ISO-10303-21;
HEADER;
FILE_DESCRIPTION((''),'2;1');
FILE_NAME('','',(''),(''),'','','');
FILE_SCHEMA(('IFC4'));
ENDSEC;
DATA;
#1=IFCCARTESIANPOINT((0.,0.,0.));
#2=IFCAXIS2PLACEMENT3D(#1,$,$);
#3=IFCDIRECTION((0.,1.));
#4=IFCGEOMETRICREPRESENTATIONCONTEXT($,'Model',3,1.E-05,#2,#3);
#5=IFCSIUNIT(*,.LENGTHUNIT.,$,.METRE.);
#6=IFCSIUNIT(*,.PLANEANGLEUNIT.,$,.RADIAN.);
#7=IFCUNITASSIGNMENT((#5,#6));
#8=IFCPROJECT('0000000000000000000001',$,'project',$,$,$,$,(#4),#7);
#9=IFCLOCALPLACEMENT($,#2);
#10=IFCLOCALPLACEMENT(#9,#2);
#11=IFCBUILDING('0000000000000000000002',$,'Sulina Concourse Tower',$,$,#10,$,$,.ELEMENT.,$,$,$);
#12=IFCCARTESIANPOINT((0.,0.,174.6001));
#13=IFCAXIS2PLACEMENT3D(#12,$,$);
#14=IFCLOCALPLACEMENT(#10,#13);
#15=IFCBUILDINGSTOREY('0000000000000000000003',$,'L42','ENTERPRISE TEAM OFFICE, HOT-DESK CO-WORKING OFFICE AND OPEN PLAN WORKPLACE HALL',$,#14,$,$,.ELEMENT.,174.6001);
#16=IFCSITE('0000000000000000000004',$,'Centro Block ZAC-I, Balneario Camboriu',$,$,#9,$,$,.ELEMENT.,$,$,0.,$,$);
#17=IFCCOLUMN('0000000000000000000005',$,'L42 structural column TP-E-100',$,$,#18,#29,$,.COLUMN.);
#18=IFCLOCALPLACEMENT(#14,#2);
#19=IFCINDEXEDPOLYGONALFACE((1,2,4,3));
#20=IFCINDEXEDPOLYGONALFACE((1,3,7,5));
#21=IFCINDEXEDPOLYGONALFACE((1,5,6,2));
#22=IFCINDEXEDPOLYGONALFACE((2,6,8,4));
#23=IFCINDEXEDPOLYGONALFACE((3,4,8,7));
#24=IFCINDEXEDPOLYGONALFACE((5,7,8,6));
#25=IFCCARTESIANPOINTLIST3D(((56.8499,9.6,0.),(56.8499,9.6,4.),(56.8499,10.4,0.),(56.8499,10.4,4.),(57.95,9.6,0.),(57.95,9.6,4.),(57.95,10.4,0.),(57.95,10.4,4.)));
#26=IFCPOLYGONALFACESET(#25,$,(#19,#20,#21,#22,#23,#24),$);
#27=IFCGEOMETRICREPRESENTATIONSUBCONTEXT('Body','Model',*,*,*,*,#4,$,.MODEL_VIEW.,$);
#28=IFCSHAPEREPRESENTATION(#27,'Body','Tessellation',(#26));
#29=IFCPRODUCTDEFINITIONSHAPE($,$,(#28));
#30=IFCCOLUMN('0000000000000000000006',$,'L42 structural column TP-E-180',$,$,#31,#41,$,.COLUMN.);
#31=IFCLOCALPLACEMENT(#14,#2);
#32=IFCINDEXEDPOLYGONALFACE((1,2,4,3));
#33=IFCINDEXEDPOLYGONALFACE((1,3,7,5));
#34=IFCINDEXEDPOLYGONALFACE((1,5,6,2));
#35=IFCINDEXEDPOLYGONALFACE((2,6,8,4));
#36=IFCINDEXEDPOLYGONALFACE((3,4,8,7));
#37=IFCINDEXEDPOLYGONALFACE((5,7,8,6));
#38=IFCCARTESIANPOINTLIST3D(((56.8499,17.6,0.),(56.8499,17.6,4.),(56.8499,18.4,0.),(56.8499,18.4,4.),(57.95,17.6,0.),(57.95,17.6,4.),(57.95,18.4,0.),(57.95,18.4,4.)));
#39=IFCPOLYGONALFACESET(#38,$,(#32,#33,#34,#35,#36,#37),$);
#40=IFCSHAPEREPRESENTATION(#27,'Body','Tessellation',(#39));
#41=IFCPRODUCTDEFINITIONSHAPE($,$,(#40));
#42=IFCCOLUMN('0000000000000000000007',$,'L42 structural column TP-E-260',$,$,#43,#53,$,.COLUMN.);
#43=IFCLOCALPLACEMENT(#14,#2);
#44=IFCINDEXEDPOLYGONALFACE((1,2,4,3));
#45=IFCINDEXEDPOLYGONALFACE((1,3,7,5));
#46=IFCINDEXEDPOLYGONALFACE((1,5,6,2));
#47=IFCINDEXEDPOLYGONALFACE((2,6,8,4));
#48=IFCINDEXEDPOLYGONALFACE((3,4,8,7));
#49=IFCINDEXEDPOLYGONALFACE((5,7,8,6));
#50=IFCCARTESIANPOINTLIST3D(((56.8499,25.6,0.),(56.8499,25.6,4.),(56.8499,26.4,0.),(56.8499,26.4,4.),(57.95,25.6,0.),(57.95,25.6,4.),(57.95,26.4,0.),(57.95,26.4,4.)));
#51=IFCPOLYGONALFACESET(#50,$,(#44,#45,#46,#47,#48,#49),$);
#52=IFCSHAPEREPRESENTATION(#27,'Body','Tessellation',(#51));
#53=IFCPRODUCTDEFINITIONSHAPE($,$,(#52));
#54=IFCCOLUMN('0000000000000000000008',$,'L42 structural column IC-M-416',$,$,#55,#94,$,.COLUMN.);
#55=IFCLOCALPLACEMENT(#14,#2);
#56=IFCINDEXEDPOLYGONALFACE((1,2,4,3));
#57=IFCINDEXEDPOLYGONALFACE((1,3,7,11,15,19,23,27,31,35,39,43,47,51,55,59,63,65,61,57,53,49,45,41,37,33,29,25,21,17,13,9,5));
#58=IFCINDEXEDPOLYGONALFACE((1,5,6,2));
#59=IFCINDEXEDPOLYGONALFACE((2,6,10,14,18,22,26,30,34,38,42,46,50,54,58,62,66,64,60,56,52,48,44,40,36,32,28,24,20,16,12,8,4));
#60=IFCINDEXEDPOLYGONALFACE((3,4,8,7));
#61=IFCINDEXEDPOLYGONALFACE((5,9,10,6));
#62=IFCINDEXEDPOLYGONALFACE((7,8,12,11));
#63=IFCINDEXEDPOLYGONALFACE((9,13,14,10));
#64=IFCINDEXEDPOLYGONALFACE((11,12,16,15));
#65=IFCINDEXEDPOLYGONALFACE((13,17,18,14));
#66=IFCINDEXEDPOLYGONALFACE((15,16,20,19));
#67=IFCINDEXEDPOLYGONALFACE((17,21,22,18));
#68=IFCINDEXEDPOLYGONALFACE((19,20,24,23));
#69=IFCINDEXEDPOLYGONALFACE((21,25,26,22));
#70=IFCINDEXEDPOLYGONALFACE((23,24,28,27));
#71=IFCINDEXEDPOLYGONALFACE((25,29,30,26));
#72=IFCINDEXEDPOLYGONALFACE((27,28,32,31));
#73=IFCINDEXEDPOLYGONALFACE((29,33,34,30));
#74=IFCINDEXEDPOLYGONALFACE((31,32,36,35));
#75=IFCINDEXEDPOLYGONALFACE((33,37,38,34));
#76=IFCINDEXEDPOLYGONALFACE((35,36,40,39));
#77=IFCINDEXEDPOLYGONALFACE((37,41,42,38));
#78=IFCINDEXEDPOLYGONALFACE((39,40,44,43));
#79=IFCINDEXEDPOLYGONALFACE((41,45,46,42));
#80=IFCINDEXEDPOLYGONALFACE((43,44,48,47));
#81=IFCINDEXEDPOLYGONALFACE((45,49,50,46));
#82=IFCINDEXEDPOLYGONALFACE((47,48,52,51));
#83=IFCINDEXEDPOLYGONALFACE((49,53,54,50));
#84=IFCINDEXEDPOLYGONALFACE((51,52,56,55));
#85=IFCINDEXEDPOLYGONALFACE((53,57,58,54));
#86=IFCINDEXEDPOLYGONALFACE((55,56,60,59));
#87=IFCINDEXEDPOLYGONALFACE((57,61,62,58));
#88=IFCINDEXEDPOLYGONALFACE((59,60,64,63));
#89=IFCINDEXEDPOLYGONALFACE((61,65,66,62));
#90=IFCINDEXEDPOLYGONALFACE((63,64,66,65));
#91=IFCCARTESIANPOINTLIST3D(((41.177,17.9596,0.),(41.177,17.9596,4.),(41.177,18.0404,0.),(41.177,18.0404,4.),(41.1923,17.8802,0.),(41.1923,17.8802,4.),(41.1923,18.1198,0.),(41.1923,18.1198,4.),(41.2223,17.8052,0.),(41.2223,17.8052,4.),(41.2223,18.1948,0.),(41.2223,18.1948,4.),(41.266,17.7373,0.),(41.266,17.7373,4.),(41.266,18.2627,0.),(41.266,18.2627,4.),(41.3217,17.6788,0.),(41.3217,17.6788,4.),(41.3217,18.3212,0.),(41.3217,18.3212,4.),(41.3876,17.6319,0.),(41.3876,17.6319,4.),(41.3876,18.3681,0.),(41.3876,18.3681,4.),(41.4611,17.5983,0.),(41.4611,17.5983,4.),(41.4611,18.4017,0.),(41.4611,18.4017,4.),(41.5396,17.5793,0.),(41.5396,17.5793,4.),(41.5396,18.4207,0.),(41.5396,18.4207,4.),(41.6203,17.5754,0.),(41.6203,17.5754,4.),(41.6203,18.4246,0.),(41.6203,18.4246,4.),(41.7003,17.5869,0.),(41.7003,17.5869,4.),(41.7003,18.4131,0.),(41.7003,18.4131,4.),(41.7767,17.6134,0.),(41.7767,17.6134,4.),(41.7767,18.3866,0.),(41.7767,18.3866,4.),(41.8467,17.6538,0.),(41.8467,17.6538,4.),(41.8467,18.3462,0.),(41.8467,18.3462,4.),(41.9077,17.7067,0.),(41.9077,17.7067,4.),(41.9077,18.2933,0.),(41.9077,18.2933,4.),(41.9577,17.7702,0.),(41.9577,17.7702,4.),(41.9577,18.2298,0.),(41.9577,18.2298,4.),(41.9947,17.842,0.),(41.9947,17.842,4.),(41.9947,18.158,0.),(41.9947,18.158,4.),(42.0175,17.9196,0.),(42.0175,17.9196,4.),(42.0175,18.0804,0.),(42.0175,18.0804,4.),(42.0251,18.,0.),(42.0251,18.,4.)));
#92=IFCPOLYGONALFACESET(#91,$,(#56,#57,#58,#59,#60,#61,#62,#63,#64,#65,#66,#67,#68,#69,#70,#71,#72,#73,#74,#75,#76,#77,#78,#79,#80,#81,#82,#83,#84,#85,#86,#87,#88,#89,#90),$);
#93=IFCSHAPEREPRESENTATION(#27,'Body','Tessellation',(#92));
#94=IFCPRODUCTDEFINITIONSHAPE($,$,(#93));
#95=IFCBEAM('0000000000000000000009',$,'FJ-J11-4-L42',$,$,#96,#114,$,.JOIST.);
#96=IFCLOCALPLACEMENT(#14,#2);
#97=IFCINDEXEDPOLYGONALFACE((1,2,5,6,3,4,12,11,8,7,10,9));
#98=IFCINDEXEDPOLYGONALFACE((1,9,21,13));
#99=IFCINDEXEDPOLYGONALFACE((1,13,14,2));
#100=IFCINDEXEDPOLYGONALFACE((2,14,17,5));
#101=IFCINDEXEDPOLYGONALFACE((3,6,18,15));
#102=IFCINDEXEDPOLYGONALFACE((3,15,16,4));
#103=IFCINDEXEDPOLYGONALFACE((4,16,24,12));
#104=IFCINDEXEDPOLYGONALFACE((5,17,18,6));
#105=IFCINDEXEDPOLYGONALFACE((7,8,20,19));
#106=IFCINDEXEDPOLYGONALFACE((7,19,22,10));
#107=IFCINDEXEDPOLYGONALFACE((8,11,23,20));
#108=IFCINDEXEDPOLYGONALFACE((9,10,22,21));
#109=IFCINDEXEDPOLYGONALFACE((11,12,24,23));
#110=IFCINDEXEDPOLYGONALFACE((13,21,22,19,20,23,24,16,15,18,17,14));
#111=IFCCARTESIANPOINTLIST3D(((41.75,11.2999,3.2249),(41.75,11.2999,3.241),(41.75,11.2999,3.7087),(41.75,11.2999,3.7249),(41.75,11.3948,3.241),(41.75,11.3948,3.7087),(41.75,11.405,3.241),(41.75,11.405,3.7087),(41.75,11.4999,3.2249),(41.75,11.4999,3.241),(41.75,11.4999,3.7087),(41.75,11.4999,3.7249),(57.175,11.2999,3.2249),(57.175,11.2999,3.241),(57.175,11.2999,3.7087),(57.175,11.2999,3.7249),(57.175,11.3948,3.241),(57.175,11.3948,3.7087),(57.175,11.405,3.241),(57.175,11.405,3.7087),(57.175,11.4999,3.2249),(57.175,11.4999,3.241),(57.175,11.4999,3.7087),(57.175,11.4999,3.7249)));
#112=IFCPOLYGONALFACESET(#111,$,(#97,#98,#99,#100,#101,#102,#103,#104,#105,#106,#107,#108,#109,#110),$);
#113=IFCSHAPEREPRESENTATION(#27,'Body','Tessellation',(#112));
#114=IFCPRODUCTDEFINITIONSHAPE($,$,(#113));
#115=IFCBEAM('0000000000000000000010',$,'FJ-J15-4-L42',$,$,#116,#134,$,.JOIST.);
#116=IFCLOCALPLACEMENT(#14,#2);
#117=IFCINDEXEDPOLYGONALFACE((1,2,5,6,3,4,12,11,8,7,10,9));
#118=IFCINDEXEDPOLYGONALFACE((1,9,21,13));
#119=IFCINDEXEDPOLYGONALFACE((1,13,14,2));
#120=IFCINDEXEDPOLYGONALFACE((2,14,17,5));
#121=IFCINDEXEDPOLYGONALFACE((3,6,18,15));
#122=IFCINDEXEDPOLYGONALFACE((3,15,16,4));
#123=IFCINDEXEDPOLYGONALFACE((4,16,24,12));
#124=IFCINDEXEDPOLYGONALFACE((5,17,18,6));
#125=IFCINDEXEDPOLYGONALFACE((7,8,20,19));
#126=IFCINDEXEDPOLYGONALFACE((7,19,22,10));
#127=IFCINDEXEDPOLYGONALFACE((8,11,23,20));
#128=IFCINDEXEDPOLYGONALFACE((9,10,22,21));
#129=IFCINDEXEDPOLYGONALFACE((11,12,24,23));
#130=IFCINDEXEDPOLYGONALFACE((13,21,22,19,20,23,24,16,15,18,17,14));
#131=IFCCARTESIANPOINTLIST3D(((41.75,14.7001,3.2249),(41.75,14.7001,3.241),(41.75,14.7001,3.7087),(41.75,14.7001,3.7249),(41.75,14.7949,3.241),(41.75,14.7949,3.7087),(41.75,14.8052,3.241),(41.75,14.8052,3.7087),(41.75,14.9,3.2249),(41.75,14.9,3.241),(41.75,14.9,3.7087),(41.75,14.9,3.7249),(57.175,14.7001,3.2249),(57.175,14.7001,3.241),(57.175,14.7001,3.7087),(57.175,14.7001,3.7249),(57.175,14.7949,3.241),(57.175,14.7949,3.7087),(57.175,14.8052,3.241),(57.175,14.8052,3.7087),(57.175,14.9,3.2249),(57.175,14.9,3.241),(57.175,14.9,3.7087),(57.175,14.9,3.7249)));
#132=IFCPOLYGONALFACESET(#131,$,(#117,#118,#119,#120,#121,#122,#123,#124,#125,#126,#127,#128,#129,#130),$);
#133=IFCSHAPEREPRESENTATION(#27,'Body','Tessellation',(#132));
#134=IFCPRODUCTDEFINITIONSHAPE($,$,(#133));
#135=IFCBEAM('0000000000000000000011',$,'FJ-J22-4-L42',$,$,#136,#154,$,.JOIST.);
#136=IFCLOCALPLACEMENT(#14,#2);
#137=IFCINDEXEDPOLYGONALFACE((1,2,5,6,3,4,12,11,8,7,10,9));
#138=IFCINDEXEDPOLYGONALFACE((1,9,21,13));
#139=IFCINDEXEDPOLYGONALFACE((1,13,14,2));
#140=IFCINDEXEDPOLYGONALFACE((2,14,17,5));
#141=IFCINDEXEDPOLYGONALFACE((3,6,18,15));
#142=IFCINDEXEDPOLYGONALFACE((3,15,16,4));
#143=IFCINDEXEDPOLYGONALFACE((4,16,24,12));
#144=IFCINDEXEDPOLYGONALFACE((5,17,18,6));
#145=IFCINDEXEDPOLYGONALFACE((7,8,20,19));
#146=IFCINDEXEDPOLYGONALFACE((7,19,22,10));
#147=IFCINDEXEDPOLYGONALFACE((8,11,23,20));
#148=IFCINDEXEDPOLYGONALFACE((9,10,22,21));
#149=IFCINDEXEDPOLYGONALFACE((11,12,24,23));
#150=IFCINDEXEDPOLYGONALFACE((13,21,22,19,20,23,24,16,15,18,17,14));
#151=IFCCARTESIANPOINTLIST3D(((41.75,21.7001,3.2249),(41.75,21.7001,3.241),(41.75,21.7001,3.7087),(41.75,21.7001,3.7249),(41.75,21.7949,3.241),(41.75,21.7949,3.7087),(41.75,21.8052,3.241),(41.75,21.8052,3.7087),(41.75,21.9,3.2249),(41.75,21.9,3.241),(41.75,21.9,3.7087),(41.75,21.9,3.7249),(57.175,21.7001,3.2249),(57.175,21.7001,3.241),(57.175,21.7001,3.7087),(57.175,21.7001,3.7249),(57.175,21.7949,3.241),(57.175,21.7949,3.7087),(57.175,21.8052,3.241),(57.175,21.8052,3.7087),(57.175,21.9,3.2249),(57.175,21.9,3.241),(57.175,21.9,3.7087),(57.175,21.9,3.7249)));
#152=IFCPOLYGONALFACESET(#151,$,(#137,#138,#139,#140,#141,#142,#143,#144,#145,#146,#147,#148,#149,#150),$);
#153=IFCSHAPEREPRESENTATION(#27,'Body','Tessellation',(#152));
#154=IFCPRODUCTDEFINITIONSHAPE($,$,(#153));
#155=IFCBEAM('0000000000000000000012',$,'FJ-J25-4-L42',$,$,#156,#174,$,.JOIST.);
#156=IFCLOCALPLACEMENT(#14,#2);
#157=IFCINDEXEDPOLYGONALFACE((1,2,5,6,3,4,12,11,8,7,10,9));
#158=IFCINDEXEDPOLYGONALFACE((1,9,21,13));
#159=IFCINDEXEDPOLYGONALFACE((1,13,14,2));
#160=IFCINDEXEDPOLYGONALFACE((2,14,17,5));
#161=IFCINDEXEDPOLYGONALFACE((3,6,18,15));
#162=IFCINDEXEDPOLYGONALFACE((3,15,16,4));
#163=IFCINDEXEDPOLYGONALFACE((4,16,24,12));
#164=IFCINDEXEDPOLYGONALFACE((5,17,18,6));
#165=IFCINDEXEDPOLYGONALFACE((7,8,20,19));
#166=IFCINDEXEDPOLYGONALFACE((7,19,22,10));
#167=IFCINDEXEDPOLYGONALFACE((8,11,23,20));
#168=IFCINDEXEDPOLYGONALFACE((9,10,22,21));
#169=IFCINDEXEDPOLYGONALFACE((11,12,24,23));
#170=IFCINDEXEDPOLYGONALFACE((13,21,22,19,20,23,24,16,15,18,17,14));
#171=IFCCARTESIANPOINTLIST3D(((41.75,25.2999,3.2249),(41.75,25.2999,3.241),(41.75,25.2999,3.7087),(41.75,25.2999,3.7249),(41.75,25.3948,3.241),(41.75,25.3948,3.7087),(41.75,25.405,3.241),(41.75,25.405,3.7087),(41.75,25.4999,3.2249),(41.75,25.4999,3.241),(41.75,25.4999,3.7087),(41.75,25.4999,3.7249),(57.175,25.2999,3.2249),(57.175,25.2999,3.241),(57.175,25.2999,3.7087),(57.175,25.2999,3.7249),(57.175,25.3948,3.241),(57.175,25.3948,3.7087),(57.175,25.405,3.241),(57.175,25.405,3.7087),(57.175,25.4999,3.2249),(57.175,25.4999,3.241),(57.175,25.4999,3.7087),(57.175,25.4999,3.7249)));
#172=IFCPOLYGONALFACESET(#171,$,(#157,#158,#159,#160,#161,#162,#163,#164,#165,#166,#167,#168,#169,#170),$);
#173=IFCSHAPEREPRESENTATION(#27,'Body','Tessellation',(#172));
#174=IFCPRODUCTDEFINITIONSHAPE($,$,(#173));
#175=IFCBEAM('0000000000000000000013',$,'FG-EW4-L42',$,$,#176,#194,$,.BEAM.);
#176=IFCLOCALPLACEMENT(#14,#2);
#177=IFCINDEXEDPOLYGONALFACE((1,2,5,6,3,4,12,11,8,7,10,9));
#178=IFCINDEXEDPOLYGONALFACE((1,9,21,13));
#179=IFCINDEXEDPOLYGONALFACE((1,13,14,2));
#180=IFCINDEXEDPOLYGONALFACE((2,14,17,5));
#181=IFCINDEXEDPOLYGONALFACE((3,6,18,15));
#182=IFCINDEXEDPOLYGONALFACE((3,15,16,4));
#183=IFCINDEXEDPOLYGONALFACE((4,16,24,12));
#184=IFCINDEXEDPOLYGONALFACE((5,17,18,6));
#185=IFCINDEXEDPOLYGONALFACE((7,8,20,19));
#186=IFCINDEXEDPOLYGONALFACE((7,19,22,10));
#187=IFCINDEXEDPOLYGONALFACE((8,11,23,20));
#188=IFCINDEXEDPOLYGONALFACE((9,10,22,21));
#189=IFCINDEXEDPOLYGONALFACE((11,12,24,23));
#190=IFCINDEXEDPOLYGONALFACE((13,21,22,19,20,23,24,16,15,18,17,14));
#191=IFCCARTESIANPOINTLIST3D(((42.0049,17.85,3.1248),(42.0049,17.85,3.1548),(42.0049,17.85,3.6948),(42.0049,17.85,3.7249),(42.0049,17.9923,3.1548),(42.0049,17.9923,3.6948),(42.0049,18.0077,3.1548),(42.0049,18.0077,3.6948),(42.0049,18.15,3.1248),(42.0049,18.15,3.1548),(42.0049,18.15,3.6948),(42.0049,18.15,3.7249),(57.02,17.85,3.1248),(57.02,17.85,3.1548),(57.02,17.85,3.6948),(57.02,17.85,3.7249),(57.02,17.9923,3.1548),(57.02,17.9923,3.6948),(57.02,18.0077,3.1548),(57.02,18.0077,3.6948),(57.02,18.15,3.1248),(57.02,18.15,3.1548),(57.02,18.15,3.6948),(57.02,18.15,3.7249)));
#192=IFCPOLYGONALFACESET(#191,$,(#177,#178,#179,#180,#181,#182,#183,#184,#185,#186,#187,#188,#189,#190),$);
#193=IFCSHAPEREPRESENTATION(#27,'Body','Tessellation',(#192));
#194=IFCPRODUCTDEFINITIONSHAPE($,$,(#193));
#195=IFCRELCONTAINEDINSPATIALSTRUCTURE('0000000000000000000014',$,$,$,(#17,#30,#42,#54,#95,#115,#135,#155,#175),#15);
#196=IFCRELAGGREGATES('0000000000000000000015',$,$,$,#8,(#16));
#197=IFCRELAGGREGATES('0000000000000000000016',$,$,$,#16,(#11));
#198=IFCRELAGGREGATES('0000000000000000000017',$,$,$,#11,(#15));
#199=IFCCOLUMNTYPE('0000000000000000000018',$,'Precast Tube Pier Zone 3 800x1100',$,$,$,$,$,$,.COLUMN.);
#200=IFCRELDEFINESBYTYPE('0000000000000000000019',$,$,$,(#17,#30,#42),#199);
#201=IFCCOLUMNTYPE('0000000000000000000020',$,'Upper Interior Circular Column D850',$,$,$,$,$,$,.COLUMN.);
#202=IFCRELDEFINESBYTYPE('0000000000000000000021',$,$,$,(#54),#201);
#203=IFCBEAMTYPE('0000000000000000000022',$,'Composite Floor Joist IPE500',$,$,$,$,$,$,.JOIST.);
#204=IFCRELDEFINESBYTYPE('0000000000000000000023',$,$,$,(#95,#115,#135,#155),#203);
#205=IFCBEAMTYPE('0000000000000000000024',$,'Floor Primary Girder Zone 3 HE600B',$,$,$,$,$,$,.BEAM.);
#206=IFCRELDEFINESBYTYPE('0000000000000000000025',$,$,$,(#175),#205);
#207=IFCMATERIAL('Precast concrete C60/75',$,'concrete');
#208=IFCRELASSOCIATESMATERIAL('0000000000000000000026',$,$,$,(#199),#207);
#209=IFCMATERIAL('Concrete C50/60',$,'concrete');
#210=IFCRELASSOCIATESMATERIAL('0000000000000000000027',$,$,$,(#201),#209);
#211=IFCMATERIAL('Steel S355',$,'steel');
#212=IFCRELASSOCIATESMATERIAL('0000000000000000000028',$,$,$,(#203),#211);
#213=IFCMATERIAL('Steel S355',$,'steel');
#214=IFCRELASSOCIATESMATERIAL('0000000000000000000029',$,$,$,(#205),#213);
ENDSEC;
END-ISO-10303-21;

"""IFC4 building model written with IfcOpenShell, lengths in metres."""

from ifc_helpers import new_model, si_unit, direction, frame, origin, origin_2d, place, context, subcontext, project, spatial, rectangle, circle, i_section, extrude, material, material_profile, profile_set, type_object, element, save


model = new_model("IFC4")

# Units and contexts
model_context = context("Model", 3, precision=1e-05, world=origin(), true_north=direction((0.0, 1.0)))
body_context = subcontext(model_context, "Body", "Model", "MODEL_VIEW")
ifc_project = project(units=[si_unit("LENGTHUNIT", "METRE"), si_unit("PLANEANGLEUNIT", "RADIAN")], contexts=[model_context])

# Site, building, storey
site_placement = place(None, origin())
site = spatial("IfcSite", under=ifc_project, at=site_placement, Name="Centro Block ZAC-I, Balneario Camboriu", CompositionType="ELEMENT", RefElevation=0.0)
building_placement = place(site_placement, origin())
building = spatial("IfcBuilding", under=site, at=building_placement, Name="Sulina Concourse Tower", CompositionType="ELEMENT")
storey_placement = place(building_placement, frame((0.0, 0.0, 174.6001)))
storey = spatial("IfcBuildingStorey", under=building, at=storey_placement, Name="L42", Description="ENTERPRISE TEAM OFFICE, HOT-DESK CO-WORKING OFFICE AND OPEN PLAN WORKPLACE HALL", CompositionType="ELEMENT", Elevation=174.6001)

# Columns
ifc_material_1 = material(Name="Precast concrete C60/75", Category="concrete")
ifc_material_profile_1 = material_profile(ifc_material_1, rectangle(XDim=0.8, YDim=1.1001, at=origin_2d()), Name="PC 800x1100")
ifc_profile_set_1 = profile_set([ifc_material_profile_1], Name="Precast concrete C60/75")
column_type_1 = type_object("IfcColumnType", Name="Precast Tube Pier Zone 3 800x1100", PredefinedType="COLUMN", material=ifc_profile_set_1)
for number, where, z_axis, x_axis, name in (
    (1, (57.3999, 10.0, 0.0), (0.0, 0.0, 1.0), (0.0, 1.0, 0.0), "L42 structural column TP-E-100"),
    (2, (57.3999, 18.0, 0.0), (0.0, 0.0, 1.0), (0.0, 1.0, 0.0), "L42 structural column TP-E-180"),
    (3, (57.3999, 26.0, 0.0), (0.0, 0.0, 1.0), (0.0, 1.0, 0.0), "L42 structural column TP-E-260"),
):
    element("IfcColumn", number, at=place(storey_placement, frame(where, z_axis=z_axis, x_axis=x_axis)), inside=storey, type_object=column_type_1, Name=name, PredefinedType="COLUMN", context=body_context, shape_type="SweptSolid", body=[
        extrude(rectangle(XDim=0.8, YDim=1.1001, at=origin_2d()), origin(), (0.0, 0.0, 1.0), 4.0),
    ])
ifc_material_2 = material(Name="Concrete C50/60", Category="concrete")
ifc_material_profile_2 = material_profile(ifc_material_2, circle(Radius=0.425, at=origin_2d()), Name="RC D850")
ifc_profile_set_2 = profile_set([ifc_material_profile_2], Name="Concrete C50/60")
column_type_2 = type_object("IfcColumnType", Name="Upper Interior Circular Column D850", PredefinedType="COLUMN", material=ifc_profile_set_2)
column_placement = place(storey_placement, frame((41.6001, 18.0, 0.0), z_axis=(0.0, 0.0, 1.0), x_axis=(1.0, 0.0, 0.0)))
element("IfcColumn", 4, at=column_placement, inside=storey, type_object=column_type_2, Name="L42 structural column IC-M-416", PredefinedType="COLUMN", context=body_context, shape_type="SweptSolid", body=[
    extrude(circle(Radius=0.425, at=origin_2d()), origin(), (0.0, 0.0, 1.0), 4.0),
])

# Beams
ifc_material_3 = material(Name="Steel S355", Category="steel")
ifc_material_profile_3 = material_profile(ifc_material_3, i_section(OverallWidth=0.2, OverallDepth=0.5, WebThickness=0.0103, FlangeThickness=0.0161, at=origin_2d()), Name="IPE 500")
ifc_profile_set_3 = profile_set([ifc_material_profile_3], Name="Steel S355")
beam_type_1 = type_object("IfcBeamType", Name="Composite Floor Joist IPE500", PredefinedType="JOIST", material=ifc_profile_set_3)
for number, where, z_axis, x_axis, name in (
    (5, (41.75, 11.3999, 3.4749), (1.0, 0.0, 0.0), (0.0, 1.0, 0.0), "FJ-J11-4-L42"),
    (6, (41.75, 14.8, 3.4749), (1.0, 0.0, 0.0), (0.0, 1.0, 0.0), "FJ-J15-4-L42"),
    (7, (41.75, 21.8, 3.4749), (1.0, 0.0, 0.0), (0.0, 1.0, 0.0), "FJ-J22-4-L42"),
    (8, (41.75, 25.3999, 3.4749), (1.0, 0.0, 0.0), (0.0, 1.0, 0.0), "FJ-J25-4-L42"),
):
    element("IfcBeam", number, at=place(storey_placement, frame(where, z_axis=z_axis, x_axis=x_axis)), inside=storey, type_object=beam_type_1, Name=name, PredefinedType="JOIST", context=body_context, shape_type="SweptSolid", body=[
        extrude(i_section(OverallWidth=0.2, OverallDepth=0.5, WebThickness=0.0103, FlangeThickness=0.0161, at=origin_2d()), origin(), (0.0, 0.0, 1.0), 15.425),
    ])
ifc_material_4 = material(Name="Steel S355", Category="steel")
ifc_material_profile_4 = material_profile(ifc_material_4, i_section(OverallWidth=0.3, OverallDepth=0.6001, WebThickness=0.0154, FlangeThickness=0.03, at=origin_2d()), Name="HE 600 B")
ifc_profile_set_4 = profile_set([ifc_material_profile_4], Name="Steel S355")
beam_type_2 = type_object("IfcBeamType", Name="Floor Primary Girder Zone 3 HE600B", PredefinedType="BEAM", material=ifc_profile_set_4)
beam_1_placement = place(storey_placement, frame((42.0049, 18.0, 3.4248), z_axis=(1.0, 0.0, 0.0), x_axis=(0.0, 1.0, 0.0)))
element("IfcBeam", 9, at=beam_1_placement, inside=storey, type_object=beam_type_2, Name="FG-EW4-L42", PredefinedType="BEAM", context=body_context, shape_type="SweptSolid", body=[
    extrude(i_section(OverallWidth=0.3, OverallDepth=0.6001, WebThickness=0.0154, FlangeThickness=0.03, at=origin_2d()), origin(), (0.0, 0.0, 1.0), 15.0151),
])

save(model, "model.ifc")
